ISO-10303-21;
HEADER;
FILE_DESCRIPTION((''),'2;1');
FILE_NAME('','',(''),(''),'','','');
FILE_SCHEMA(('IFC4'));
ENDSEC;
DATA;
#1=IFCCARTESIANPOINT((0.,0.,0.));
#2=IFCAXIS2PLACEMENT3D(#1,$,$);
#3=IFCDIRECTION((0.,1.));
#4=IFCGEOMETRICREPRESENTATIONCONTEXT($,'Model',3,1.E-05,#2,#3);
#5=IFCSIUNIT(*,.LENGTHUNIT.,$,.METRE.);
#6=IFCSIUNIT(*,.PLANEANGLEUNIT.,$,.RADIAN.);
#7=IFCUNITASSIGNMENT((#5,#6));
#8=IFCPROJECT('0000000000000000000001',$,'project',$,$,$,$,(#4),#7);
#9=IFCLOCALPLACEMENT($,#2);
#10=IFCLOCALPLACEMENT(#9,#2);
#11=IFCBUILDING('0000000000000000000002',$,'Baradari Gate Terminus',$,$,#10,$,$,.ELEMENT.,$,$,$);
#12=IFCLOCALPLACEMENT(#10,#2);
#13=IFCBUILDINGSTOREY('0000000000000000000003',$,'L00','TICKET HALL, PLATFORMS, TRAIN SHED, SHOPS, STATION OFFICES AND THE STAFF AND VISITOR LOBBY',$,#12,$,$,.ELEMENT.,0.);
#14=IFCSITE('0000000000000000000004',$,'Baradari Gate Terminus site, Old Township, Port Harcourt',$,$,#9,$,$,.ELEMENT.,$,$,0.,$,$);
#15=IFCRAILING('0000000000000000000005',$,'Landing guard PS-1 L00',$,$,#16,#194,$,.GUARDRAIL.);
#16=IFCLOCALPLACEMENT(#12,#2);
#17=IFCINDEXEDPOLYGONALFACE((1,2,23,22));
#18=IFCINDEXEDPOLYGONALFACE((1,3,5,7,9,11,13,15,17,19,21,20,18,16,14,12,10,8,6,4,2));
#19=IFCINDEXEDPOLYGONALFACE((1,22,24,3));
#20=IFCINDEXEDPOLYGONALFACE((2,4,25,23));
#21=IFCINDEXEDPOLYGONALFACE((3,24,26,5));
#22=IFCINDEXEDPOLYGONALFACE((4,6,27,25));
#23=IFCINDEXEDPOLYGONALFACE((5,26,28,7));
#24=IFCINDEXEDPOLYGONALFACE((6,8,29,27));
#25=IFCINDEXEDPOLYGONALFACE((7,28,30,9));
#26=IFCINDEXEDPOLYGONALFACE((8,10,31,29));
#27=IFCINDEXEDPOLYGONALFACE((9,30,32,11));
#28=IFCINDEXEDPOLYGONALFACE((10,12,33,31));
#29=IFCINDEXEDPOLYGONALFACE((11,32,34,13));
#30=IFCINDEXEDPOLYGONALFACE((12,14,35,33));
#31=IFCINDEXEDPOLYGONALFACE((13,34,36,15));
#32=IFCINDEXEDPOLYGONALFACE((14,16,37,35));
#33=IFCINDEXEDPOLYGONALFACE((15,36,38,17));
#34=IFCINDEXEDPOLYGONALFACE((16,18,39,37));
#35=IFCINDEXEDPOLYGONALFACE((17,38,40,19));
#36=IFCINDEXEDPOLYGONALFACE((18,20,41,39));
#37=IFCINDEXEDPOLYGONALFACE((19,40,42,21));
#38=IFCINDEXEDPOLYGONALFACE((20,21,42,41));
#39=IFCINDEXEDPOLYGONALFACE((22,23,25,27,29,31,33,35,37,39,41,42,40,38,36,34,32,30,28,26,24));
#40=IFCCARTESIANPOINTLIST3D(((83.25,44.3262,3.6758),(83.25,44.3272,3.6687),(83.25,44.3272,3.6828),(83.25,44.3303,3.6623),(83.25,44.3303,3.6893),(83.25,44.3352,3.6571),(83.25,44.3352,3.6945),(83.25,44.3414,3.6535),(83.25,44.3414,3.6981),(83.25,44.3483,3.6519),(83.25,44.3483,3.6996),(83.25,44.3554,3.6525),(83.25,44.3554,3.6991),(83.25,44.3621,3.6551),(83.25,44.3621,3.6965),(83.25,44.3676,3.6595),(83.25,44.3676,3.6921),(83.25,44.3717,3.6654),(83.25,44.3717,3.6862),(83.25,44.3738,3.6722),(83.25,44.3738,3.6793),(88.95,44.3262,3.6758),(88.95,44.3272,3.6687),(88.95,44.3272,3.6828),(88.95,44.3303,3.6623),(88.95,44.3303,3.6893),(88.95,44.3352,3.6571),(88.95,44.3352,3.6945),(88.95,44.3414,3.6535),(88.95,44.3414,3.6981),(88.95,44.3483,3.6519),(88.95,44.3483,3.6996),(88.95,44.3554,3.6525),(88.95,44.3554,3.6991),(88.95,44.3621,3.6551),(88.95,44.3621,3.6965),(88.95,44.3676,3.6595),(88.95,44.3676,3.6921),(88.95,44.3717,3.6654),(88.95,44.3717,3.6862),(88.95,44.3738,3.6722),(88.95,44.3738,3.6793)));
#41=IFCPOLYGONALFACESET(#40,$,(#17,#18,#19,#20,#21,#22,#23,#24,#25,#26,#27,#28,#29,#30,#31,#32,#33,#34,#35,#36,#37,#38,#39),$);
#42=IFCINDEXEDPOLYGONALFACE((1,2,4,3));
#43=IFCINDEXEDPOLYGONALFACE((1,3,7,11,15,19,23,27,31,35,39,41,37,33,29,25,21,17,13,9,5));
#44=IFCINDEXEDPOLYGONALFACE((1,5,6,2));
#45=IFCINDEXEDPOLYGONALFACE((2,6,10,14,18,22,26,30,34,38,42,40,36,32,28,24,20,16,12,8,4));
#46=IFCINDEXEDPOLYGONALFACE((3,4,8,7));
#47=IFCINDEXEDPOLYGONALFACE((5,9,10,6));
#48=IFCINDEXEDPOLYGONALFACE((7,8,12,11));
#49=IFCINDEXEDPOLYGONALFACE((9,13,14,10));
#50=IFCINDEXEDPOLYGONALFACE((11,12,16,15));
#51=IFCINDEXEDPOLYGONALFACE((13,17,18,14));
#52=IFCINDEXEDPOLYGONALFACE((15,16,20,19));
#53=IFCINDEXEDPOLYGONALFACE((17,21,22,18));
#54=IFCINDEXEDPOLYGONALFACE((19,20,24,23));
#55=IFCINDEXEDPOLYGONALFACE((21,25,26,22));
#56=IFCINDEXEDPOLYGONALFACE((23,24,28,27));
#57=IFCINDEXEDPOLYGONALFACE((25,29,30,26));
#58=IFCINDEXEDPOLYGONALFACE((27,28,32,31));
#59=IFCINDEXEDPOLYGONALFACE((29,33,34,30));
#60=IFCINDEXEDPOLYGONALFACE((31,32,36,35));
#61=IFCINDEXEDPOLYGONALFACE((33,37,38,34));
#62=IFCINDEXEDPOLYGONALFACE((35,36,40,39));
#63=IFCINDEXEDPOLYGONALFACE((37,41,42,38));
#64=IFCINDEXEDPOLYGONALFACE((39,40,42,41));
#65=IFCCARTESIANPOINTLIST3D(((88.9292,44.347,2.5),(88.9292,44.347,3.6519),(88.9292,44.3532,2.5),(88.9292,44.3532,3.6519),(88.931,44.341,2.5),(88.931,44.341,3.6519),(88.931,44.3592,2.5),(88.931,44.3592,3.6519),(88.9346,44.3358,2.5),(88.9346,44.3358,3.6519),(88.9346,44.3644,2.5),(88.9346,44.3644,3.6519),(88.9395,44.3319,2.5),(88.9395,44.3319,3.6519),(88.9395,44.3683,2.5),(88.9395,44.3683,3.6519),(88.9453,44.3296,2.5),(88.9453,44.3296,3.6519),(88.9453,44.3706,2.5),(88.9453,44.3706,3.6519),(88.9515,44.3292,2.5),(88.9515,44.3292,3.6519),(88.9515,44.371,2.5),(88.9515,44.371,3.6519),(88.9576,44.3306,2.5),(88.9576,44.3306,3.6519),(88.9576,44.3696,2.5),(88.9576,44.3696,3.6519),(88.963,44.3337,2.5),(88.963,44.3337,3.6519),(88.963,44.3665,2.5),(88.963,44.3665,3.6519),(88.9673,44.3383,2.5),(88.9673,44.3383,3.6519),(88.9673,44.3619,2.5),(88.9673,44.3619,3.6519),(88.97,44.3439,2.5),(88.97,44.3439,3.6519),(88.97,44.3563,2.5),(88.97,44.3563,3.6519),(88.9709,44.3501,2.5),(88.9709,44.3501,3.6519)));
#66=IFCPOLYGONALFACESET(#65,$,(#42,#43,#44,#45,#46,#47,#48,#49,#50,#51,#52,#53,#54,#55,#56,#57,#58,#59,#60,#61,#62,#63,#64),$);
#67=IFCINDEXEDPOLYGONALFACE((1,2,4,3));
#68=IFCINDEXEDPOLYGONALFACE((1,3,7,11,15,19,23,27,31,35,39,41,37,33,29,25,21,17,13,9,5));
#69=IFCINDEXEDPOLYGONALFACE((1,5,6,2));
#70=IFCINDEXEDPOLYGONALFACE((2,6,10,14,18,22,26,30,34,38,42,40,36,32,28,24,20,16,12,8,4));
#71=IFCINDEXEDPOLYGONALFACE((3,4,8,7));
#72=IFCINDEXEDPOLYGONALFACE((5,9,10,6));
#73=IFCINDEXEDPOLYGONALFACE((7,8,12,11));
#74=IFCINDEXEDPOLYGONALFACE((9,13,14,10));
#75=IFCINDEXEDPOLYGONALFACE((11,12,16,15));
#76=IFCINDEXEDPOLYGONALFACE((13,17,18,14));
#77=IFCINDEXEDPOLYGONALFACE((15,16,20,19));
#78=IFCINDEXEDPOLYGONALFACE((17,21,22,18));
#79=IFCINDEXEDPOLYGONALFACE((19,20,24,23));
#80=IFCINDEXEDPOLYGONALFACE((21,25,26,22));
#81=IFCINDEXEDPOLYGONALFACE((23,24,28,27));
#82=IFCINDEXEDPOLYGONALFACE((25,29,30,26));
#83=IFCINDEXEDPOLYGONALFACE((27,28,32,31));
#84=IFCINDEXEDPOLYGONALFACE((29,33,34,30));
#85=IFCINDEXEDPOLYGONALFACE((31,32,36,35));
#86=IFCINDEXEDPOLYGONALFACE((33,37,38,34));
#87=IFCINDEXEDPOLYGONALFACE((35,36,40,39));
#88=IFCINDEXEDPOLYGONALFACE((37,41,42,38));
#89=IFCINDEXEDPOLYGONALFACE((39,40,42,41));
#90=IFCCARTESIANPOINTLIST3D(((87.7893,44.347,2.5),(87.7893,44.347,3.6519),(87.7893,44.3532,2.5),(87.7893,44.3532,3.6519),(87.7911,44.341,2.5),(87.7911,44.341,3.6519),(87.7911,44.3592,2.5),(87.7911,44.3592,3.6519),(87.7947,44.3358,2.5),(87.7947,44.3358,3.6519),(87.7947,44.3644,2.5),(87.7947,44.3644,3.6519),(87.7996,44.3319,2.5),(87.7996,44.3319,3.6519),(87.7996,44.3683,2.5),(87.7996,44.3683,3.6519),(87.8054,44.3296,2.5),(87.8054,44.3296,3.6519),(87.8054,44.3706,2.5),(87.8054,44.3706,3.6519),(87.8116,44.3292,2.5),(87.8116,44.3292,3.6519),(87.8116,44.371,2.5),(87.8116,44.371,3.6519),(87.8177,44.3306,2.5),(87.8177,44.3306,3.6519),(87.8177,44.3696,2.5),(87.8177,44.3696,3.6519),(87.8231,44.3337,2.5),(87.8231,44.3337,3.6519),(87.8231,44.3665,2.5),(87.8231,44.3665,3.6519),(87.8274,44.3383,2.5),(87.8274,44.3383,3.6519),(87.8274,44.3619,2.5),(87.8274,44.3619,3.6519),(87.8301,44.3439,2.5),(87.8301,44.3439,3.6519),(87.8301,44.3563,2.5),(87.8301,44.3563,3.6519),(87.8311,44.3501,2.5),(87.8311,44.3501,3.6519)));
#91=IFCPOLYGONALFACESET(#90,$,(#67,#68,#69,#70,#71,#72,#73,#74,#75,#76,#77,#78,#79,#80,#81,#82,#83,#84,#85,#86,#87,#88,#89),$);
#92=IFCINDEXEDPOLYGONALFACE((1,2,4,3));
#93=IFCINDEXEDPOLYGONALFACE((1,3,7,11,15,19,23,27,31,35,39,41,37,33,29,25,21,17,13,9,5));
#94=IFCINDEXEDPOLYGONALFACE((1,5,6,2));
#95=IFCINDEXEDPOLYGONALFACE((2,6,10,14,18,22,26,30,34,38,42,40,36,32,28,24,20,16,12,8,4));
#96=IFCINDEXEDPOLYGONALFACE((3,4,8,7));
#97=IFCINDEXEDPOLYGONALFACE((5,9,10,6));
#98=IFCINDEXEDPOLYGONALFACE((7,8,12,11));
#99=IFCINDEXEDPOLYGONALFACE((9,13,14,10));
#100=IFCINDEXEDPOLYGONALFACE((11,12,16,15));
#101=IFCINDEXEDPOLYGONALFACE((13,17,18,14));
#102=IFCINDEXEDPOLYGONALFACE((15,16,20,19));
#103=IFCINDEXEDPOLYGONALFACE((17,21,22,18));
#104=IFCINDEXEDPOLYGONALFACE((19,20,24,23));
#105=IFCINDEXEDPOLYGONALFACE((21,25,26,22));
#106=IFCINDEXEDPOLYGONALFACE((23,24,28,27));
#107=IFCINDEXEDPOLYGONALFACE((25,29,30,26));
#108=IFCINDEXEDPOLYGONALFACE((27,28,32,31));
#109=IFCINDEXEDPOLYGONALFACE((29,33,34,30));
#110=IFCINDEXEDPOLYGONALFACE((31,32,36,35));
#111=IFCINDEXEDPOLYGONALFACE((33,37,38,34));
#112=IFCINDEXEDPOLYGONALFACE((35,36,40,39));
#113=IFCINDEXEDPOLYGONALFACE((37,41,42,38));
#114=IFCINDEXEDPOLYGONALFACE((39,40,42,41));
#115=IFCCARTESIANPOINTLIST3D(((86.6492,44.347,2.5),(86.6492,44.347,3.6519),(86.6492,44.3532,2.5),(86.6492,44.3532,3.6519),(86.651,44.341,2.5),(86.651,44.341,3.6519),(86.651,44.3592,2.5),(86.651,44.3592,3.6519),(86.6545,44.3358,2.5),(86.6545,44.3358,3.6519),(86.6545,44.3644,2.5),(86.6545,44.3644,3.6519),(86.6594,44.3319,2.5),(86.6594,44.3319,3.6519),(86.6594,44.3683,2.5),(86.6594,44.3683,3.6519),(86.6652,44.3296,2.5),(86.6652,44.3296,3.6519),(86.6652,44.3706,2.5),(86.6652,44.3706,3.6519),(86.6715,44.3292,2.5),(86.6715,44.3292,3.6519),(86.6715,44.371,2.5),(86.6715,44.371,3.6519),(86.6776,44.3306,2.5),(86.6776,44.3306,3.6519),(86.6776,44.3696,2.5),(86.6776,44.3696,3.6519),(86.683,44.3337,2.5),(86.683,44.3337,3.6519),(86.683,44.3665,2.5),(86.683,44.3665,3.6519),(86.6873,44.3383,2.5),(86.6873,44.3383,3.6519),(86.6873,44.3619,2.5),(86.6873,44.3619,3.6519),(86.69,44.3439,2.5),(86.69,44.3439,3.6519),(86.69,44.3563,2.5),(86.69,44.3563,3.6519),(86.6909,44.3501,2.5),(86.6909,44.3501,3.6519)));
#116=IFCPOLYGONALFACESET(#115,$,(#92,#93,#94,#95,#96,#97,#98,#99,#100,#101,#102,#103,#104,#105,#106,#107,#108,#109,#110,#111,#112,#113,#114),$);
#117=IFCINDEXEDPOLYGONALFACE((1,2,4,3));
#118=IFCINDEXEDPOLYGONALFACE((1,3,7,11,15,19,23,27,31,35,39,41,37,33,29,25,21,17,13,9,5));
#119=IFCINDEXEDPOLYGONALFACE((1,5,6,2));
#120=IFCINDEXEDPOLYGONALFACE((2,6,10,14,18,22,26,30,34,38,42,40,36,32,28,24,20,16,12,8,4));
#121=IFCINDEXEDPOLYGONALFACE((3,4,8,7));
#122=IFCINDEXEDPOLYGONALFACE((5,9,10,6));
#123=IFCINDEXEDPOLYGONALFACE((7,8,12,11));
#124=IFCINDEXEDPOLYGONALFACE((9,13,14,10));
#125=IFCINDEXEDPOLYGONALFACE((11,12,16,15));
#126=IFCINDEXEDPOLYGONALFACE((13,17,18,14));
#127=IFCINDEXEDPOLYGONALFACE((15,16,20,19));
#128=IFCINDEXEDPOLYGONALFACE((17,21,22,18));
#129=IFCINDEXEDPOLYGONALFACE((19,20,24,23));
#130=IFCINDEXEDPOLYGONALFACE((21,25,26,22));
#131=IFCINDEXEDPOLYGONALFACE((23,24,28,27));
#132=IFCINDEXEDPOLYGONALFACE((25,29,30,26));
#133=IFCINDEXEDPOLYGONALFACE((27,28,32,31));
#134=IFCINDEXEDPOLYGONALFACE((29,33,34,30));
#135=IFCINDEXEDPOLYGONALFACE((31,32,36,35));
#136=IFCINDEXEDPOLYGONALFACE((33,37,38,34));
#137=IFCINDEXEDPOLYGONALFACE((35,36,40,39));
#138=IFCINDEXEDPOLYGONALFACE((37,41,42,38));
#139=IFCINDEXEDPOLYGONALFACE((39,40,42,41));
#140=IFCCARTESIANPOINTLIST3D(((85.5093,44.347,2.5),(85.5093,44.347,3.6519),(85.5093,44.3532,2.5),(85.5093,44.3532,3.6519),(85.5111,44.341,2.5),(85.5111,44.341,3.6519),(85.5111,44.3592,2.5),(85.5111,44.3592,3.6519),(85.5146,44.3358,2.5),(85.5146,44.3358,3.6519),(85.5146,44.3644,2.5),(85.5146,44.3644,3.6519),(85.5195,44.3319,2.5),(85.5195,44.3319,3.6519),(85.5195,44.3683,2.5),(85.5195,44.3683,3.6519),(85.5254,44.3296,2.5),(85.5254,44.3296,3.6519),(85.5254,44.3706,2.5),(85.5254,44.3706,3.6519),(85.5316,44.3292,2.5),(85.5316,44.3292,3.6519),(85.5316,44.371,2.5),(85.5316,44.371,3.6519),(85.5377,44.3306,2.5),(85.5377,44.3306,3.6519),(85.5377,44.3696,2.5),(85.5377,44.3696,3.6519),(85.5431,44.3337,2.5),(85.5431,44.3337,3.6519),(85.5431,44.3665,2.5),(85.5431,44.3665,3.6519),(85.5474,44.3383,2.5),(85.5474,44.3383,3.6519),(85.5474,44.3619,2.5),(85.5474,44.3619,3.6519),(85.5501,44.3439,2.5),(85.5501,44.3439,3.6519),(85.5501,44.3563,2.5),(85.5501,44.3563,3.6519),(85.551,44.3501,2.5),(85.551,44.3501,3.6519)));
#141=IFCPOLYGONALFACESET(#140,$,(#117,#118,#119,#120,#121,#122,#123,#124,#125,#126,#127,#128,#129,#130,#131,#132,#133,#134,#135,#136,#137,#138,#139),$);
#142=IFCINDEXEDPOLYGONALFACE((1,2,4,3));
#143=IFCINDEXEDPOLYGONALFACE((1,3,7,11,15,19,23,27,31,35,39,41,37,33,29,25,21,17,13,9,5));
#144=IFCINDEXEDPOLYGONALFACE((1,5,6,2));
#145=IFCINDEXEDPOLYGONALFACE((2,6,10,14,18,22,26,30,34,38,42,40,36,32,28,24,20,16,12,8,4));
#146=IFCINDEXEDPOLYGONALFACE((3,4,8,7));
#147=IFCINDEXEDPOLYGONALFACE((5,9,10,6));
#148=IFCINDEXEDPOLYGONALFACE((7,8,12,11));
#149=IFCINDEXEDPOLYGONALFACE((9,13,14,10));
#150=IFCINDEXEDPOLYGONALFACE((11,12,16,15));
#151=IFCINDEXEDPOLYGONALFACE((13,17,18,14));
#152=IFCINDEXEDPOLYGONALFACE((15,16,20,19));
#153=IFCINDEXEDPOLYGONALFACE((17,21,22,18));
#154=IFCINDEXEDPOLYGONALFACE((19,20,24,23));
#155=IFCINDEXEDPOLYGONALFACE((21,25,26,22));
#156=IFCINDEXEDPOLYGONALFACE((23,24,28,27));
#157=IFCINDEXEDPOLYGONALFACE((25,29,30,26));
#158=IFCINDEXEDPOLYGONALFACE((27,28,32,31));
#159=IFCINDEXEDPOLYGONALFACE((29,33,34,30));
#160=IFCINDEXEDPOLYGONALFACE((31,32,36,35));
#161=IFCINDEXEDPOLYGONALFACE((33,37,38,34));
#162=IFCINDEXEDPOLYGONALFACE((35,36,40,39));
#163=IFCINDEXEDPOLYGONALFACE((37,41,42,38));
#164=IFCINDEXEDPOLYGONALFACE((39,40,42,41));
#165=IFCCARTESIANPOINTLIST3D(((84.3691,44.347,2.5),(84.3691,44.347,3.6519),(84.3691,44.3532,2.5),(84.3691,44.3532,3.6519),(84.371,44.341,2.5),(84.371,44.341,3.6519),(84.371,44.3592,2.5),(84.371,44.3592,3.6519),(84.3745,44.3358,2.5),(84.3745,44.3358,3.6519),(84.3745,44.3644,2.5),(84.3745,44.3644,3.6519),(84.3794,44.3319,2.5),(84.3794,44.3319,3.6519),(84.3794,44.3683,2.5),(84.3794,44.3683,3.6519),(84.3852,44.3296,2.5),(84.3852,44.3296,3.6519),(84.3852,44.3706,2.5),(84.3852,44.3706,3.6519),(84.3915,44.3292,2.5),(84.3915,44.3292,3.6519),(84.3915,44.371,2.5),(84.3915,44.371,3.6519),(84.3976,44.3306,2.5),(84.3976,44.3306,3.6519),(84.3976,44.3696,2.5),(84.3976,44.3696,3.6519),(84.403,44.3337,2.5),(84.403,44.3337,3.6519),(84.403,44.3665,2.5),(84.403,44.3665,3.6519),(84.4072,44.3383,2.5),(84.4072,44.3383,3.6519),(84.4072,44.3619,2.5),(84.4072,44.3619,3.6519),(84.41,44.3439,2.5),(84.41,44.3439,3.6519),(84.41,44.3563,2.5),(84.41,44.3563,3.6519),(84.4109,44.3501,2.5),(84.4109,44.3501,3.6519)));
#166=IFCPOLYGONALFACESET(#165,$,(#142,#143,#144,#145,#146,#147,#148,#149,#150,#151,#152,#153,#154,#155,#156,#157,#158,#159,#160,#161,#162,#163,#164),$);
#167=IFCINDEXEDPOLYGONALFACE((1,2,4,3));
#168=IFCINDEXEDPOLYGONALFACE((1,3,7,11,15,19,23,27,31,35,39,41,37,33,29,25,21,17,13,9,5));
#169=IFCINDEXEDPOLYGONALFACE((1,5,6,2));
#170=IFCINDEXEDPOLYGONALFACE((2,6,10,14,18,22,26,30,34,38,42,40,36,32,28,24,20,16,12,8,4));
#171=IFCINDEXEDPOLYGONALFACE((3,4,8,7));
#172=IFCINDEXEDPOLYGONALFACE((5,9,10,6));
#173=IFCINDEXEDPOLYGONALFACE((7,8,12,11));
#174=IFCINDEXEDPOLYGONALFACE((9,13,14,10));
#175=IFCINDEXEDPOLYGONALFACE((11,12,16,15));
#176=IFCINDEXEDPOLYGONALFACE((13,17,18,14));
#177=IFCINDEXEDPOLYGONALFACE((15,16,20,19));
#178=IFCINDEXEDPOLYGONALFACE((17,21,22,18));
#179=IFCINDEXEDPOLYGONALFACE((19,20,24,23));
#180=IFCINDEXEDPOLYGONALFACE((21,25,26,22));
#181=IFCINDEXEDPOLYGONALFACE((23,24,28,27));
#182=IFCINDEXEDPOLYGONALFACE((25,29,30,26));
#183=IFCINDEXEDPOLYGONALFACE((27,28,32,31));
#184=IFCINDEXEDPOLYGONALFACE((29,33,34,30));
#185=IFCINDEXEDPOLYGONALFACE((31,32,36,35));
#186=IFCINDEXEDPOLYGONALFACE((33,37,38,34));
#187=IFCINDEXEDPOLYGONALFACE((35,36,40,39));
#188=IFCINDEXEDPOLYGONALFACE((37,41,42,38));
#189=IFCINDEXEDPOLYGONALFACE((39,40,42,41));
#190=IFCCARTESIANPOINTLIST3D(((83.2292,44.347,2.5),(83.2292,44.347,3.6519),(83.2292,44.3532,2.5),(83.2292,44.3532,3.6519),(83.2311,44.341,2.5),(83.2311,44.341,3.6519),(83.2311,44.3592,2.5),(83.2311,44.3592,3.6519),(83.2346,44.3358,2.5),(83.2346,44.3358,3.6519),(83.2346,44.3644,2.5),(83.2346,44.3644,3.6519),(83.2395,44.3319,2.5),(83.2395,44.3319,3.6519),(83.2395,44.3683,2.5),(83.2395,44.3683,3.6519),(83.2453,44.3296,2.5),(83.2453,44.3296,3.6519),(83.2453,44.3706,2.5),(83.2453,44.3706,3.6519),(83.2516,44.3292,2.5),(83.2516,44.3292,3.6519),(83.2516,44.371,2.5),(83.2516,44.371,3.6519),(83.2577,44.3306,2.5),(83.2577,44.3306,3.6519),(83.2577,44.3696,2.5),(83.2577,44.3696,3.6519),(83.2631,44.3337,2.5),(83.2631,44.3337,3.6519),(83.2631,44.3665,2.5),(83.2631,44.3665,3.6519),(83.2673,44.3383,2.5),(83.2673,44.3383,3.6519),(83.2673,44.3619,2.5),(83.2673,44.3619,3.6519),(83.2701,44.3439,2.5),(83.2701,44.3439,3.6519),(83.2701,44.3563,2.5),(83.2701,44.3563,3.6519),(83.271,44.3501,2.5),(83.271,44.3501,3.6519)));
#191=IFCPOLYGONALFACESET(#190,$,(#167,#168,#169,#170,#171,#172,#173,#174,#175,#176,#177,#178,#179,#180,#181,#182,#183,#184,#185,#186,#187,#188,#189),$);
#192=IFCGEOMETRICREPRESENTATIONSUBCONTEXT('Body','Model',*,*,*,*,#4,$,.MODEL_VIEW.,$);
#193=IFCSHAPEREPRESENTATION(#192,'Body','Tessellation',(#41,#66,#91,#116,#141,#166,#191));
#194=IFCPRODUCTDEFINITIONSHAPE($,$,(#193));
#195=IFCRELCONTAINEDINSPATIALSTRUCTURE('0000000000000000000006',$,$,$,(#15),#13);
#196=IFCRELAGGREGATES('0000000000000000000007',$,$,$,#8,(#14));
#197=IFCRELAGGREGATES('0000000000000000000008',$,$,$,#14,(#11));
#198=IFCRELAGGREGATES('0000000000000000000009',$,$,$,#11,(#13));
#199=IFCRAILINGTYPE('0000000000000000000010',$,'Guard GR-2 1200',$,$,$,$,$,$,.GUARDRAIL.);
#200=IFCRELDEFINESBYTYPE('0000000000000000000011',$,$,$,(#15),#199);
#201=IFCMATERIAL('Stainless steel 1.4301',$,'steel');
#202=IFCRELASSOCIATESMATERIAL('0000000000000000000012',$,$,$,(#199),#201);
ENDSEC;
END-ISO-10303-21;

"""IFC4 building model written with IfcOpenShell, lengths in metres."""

from ifc_helpers import new_model, si_unit, direction, frame, origin, origin_2d, place, context, subcontext, project, spatial, circle, extrude, material, type_object, element, save


model = new_model("IFC4")

# Units and contexts
model_context = context("Model", 3, precision=1e-05, world=origin(), true_north=direction((0.0, 1.0)))
body_context = subcontext(model_context, "Body", "Model", "MODEL_VIEW")
ifc_project = project(units=[si_unit("LENGTHUNIT", "METRE"), si_unit("PLANEANGLEUNIT", "RADIAN")], contexts=[model_context])

# Site, building, storey
site_placement = place(None, origin())
site = spatial("IfcSite", under=ifc_project, at=site_placement, Name="Baradari Gate Terminus site, Old Township, Port Harcourt", CompositionType="ELEMENT", RefElevation=0.0)
building_placement = place(site_placement, origin())
building = spatial("IfcBuilding", under=site, at=building_placement, Name="Baradari Gate Terminus", CompositionType="ELEMENT")
storey_placement = place(building_placement, origin())
storey = spatial("IfcBuildingStorey", under=building, at=storey_placement, Name="L00", Description="TICKET HALL, PLATFORMS, TRAIN SHED, SHOPS, STATION OFFICES AND THE STAFF AND VISITOR LOBBY", CompositionType="ELEMENT", Elevation=0.0)

# Railing
ifc_material_1 = material(Name="Stainless steel 1.4301", Category="steel")
railing_type_1 = type_object("IfcRailingType", Name="Guard GR-2 1200", PredefinedType="GUARDRAIL", material=ifc_material_1)
for number, where, name in (
    (1, (88.95, 44.3501, 2.5), "Landing guard PS-1 L00"),
):
    element("IfcRailing", number, at=place(storey_placement, frame(where)), inside=storey, type_object=railing_type_1, Name=name, PredefinedType="GUARDRAIL", context=body_context, shape_type="SweptSolid", body=[
        extrude(circle(Radius=0.0239, at=origin_2d()), frame((0.0, 0.0, 1.1758), z_axis=(-1.0, 0.0, 0.0), x_axis=(0.0, -1.0, 0.0)), (0.0, 0.0, 1.0), 5.7),
        extrude(circle(Radius=0.021, at=origin_2d()), origin(), (0.0, 0.0, 1.0), 1.1519),
        extrude(circle(Radius=0.021, at=origin_2d()), frame((-1.1399, 0.0, 0.0)), (0.0, 0.0, 1.0), 1.1519),
        extrude(circle(Radius=0.021, at=origin_2d()), frame((-2.28, 0.0, 0.0)), (0.0, 0.0, 1.0), 1.1519),
        extrude(circle(Radius=0.021, at=origin_2d()), frame((-3.4199, 0.0, 0.0)), (0.0, 0.0, 1.0), 1.1519),
        extrude(circle(Radius=0.021, at=origin_2d()), frame((-4.5601, 0.0, 0.0)), (0.0, 0.0, 1.0), 1.1519),
        extrude(circle(Radius=0.021, at=origin_2d()), frame((-5.7, 0.0, 0.0)), (0.0, 0.0, 1.0), 1.1519),
    ])

save(model, "model.ifc")
